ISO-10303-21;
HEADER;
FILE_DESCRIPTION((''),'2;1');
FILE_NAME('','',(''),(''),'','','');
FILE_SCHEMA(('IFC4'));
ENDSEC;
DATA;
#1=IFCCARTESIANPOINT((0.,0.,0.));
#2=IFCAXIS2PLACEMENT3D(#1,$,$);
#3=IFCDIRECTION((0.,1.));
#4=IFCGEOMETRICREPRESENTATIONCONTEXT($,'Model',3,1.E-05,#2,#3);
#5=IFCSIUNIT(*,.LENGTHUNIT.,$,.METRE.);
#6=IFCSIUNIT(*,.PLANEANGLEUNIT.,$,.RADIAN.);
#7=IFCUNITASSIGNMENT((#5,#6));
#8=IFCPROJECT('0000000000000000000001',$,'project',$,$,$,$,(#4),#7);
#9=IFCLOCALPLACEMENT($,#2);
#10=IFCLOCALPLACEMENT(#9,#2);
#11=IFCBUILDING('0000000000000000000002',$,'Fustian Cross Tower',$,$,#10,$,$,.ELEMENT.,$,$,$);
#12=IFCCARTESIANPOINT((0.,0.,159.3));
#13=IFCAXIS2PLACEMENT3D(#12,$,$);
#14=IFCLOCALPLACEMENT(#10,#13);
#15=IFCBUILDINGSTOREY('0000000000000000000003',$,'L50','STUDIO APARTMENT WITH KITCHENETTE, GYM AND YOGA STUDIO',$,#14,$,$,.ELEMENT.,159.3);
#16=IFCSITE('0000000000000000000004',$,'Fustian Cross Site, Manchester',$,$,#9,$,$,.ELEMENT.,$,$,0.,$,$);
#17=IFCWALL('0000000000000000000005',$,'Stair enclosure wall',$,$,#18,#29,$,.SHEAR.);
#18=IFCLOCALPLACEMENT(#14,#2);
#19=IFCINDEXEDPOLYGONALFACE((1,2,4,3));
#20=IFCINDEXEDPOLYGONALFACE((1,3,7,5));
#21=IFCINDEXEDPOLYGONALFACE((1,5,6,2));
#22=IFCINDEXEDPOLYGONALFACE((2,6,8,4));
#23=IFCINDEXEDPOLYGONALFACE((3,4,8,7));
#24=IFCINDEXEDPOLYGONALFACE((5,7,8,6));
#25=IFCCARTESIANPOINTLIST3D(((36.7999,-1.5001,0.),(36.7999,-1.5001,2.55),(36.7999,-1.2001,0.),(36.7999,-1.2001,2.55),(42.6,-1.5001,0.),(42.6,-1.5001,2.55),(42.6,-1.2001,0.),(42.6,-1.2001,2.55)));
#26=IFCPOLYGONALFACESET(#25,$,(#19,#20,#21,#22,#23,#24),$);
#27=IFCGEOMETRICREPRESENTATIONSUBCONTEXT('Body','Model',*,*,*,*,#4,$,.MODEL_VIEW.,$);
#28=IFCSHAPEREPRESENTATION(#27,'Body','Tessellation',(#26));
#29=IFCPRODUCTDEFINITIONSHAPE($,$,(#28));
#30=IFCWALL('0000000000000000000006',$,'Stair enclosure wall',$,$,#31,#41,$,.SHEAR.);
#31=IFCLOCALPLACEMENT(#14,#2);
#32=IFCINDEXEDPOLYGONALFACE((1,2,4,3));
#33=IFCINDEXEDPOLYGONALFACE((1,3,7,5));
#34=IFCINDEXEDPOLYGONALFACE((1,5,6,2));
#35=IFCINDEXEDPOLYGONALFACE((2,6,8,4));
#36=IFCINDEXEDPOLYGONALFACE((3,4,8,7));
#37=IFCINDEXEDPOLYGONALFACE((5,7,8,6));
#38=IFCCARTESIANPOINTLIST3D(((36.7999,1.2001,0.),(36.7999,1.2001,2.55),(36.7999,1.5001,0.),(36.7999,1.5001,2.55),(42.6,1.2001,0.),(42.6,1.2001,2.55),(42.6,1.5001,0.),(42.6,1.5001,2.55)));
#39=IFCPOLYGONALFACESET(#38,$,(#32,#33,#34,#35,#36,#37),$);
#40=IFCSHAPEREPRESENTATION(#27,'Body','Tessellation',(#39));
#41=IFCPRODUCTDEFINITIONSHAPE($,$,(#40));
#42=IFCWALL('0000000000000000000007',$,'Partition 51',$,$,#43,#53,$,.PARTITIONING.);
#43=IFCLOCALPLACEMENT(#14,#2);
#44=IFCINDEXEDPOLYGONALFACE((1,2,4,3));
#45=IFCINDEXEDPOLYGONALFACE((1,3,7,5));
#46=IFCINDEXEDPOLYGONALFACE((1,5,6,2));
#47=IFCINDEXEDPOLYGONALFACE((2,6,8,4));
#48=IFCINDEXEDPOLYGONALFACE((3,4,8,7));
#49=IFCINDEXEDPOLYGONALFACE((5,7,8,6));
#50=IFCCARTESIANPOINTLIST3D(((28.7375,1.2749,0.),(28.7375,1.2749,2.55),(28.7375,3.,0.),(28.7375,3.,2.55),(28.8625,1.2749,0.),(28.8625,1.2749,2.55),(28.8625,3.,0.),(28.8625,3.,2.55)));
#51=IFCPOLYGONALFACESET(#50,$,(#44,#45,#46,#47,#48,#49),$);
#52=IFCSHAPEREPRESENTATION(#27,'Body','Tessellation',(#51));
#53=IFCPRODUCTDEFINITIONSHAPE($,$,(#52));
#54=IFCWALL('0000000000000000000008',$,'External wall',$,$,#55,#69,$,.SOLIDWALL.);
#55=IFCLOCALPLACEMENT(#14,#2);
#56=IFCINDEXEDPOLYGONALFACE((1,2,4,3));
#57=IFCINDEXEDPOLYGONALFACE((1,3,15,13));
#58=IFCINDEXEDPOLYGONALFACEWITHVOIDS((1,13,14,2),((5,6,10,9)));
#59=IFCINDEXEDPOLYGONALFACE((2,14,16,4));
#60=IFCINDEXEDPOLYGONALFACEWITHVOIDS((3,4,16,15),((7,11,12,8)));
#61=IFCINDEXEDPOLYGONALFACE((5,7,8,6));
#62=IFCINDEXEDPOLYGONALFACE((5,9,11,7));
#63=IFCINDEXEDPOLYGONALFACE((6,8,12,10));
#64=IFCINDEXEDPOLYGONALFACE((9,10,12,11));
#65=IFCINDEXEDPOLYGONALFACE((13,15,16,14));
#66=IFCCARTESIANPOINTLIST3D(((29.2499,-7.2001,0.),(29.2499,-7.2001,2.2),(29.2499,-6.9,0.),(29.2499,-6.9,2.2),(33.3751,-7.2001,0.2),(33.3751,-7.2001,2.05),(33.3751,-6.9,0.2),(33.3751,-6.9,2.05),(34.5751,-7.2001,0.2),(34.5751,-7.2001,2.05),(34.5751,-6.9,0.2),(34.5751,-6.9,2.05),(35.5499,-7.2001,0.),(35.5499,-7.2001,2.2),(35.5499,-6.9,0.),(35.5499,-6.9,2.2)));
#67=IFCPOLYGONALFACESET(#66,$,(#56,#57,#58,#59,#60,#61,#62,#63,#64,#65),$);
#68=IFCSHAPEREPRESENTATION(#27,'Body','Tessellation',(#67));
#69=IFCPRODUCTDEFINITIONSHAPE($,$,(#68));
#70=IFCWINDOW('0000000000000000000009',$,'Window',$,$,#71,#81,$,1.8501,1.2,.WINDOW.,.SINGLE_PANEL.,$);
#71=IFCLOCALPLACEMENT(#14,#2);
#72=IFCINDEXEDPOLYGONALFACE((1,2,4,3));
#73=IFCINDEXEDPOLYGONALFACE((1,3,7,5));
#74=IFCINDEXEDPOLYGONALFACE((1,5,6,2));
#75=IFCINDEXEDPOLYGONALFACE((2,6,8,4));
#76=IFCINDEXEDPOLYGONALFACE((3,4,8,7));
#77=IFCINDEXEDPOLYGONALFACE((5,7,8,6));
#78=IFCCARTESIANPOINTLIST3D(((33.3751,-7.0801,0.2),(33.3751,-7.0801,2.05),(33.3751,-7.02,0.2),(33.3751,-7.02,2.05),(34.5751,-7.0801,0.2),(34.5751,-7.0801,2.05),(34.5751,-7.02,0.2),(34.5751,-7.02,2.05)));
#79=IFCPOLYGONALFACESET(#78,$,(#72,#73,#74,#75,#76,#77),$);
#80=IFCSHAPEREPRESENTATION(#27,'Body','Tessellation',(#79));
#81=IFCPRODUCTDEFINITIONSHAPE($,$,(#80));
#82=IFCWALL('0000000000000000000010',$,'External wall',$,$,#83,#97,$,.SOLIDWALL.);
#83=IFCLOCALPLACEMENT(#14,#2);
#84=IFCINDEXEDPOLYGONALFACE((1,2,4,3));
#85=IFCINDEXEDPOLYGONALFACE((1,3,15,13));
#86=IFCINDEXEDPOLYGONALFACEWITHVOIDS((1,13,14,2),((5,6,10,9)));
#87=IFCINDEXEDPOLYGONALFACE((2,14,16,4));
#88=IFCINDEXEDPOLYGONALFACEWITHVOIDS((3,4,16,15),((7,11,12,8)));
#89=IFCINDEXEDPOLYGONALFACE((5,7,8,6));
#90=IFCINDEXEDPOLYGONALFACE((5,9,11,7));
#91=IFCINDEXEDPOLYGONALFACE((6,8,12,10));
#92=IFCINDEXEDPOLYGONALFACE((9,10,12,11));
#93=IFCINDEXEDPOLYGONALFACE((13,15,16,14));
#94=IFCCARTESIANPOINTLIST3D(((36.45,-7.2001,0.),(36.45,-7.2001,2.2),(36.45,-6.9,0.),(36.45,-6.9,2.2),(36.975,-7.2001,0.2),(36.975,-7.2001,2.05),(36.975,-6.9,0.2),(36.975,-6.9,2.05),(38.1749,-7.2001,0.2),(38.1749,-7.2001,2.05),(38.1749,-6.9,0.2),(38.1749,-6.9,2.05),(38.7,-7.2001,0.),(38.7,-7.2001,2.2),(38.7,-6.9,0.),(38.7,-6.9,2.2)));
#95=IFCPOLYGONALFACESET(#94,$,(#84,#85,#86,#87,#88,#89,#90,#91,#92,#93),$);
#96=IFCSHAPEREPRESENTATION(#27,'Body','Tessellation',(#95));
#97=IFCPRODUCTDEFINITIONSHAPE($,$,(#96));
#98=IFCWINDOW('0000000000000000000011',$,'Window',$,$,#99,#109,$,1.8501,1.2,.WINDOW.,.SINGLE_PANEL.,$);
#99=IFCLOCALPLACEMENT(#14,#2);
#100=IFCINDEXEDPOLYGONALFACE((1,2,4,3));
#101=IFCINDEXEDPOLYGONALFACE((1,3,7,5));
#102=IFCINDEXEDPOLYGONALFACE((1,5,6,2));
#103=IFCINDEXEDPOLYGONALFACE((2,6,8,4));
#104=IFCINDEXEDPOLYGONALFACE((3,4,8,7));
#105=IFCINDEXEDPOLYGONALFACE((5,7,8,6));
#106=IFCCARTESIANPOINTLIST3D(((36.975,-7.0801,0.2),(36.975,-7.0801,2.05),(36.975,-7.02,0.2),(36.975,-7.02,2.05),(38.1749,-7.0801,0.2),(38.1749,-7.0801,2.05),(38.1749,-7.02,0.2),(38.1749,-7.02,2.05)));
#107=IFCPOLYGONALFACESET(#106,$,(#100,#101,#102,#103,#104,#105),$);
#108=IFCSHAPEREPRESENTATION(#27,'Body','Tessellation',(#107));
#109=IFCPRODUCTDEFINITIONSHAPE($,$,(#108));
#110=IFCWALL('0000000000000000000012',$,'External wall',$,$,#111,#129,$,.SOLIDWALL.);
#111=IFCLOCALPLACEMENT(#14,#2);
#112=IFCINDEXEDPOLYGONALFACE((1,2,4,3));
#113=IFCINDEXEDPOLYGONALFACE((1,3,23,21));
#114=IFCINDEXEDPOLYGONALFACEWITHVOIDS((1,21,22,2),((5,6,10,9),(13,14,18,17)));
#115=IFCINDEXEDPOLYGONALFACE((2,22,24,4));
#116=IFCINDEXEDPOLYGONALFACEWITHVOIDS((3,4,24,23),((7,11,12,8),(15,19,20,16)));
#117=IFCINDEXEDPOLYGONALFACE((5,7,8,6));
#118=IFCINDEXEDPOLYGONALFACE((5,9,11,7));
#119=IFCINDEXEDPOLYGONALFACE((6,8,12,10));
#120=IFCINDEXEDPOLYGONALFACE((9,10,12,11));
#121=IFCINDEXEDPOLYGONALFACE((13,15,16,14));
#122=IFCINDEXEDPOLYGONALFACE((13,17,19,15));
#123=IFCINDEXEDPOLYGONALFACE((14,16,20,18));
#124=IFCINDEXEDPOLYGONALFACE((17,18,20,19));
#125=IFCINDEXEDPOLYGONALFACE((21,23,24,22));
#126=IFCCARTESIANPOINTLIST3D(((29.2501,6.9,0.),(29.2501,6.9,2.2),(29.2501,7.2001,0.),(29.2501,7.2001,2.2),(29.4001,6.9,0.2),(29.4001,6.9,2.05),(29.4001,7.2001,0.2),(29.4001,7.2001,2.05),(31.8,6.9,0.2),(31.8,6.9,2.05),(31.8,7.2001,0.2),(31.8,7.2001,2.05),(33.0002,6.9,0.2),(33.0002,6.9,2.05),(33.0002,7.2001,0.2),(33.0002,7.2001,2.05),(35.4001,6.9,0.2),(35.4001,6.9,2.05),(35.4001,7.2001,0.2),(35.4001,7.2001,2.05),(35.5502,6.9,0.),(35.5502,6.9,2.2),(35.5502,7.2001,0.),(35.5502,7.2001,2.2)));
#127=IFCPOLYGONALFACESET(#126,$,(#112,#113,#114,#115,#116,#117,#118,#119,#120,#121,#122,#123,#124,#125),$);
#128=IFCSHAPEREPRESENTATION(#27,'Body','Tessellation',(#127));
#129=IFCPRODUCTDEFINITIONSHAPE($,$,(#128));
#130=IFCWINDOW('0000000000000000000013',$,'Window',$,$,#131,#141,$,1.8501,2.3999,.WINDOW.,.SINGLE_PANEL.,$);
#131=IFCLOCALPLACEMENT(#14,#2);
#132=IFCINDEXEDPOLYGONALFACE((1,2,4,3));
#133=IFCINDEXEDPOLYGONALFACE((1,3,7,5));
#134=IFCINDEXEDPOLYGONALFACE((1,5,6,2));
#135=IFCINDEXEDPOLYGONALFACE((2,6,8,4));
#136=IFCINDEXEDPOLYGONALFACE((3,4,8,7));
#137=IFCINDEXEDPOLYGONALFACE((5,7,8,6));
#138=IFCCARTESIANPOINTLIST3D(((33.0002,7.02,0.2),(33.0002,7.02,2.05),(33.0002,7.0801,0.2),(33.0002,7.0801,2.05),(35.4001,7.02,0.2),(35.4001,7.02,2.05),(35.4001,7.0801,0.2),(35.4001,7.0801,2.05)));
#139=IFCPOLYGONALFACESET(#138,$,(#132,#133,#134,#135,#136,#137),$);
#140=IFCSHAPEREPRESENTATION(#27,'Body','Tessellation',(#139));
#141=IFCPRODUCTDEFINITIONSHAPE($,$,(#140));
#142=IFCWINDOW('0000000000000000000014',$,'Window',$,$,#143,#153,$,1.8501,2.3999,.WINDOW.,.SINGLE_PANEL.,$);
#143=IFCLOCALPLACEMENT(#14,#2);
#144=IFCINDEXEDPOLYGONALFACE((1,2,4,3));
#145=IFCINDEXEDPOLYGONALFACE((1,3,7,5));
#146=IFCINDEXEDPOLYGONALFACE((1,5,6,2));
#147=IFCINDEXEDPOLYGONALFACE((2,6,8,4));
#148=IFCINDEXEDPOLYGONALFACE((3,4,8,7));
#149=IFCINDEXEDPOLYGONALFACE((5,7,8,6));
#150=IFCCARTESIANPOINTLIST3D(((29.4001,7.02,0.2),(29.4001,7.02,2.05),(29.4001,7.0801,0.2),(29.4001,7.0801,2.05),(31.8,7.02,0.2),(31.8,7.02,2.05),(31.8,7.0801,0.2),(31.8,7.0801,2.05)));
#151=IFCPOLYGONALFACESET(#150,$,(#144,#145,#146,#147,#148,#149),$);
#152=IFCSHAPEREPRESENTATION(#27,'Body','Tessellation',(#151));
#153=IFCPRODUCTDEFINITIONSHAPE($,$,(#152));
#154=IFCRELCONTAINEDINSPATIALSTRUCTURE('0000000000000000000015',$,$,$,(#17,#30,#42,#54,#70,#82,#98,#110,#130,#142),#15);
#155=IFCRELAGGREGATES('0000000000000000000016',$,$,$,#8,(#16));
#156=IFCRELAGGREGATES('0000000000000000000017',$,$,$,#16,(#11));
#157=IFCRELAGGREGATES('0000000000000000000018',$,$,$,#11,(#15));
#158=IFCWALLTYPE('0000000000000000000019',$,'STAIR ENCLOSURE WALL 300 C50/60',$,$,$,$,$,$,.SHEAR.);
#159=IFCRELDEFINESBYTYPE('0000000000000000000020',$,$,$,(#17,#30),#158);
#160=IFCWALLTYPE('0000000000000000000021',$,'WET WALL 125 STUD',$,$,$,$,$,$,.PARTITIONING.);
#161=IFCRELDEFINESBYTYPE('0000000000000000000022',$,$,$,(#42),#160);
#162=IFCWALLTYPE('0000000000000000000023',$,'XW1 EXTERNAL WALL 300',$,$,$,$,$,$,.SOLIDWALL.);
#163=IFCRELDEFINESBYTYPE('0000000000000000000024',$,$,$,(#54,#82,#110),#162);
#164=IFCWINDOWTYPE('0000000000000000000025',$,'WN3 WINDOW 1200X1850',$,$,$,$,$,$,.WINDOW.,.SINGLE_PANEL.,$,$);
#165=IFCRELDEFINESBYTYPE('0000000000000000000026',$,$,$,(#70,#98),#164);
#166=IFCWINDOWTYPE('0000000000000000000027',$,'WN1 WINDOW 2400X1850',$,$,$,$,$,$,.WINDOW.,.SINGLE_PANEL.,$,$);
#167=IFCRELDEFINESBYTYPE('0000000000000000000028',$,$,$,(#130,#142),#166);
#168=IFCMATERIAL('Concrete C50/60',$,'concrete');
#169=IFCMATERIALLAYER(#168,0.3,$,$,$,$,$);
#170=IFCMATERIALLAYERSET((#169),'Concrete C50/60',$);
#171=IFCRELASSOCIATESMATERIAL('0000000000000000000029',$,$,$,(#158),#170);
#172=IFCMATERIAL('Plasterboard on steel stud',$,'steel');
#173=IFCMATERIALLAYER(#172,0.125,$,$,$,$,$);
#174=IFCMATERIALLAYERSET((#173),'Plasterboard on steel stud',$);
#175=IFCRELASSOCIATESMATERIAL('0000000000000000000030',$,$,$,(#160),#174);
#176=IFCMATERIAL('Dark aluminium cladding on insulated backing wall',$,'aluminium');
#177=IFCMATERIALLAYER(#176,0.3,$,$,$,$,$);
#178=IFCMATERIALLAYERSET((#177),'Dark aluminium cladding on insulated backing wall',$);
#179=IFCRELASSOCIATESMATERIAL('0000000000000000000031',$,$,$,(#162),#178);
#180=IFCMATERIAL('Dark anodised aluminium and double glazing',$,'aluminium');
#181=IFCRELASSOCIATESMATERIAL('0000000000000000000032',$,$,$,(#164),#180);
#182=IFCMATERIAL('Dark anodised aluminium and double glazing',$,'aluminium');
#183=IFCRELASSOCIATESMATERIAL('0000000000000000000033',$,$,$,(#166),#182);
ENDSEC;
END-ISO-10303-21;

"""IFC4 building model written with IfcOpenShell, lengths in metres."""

from ifc_helpers import new_model, si_unit, direction, frame, frame_2d, origin, place, context, subcontext, project, spatial, rectangle, extrude, material, layer, layer_set, type_object, element, fill, save


model = new_model("IFC4")

# Units and contexts
model_context = context("Model", 3, precision=1e-05, world=origin(), true_north=direction((0.0, 1.0)))
body_context = subcontext(model_context, "Body", "Model", "MODEL_VIEW")
ifc_project = project(units=[si_unit("LENGTHUNIT", "METRE"), si_unit("PLANEANGLEUNIT", "RADIAN")], contexts=[model_context])

# Site, building, storey
site_placement = place(None, origin())
site = spatial("IfcSite", under=ifc_project, at=site_placement, Name="Fustian Cross Site, Manchester", CompositionType="ELEMENT", RefElevation=0.0)
building_placement = place(site_placement, origin())
building = spatial("IfcBuilding", under=site, at=building_placement, Name="Fustian Cross Tower", CompositionType="ELEMENT")
storey_placement = place(building_placement, frame((0.0, 0.0, 159.3)))
storey = spatial("IfcBuildingStorey", under=building, at=storey_placement, Name="L50", Description="STUDIO APARTMENT WITH KITCHENETTE, GYM AND YOGA STUDIO", CompositionType="ELEMENT", Elevation=159.3)

# Shared definitions
ifc_material_1 = material(Name="Concrete C50/60", Category="concrete")
ifc_layer_1 = layer(ifc_material_1, 0.3)
ifc_layer_set_1 = layer_set([ifc_layer_1], Name="Concrete C50/60")
wall_type_1 = type_object("IfcWallType", Name="STAIR ENCLOSURE WALL 300 C50/60", PredefinedType="SHEAR", material=ifc_layer_set_1)

# Walls
for number, where, z_axis, x_axis, name in (
    (1, (36.8, -1.3501, 0.0), (0.0, 0.0, 1.0), (1.0, 0.0, 0.0), "Stair enclosure wall"),
    (2, (36.8, 1.3501, 0.0), (0.0, 0.0, 1.0), (1.0, 0.0, 0.0), "Stair enclosure wall"),
):
    element("IfcWall", number, at=place(storey_placement, frame(where, z_axis=z_axis, x_axis=x_axis)), inside=storey, type_object=wall_type_1, Name=name, PredefinedType="SHEAR", context=body_context, shape_type="SweptSolid", body=[
        extrude(rectangle(XDim=5.8, YDim=0.3, at=frame_2d((2.8999, 0.0))), origin(), (0.0, 0.0, 1.0), 2.55),
    ])
ifc_material_2 = material(Name="Plasterboard on steel stud", Category="steel")
ifc_layer_2 = layer(ifc_material_2, 0.125)
ifc_layer_set_2 = layer_set([ifc_layer_2], Name="Plasterboard on steel stud")
wall_type_2 = type_object("IfcWallType", Name="WET WALL 125 STUD", PredefinedType="PARTITIONING", material=ifc_layer_set_2)
wall_1_placement = place(storey_placement, frame((28.8, 1.2749, 0.0), z_axis=(0.0, 0.0, 1.0), x_axis=(0.0, 1.0, 0.0)))
element("IfcWall", 3, at=wall_1_placement, inside=storey, type_object=wall_type_2, Name="Partition 51", PredefinedType="PARTITIONING", context=body_context, shape_type="SweptSolid", body=[
    extrude(rectangle(XDim=1.7251, YDim=0.125, at=frame_2d((0.8625, 0.0))), origin(), (0.0, 0.0, 1.0), 2.55),
])

# Walls, openings, windows
ifc_material_3 = material(Name="Dark aluminium cladding on insulated backing wall", Category="aluminium")
ifc_layer_3 = layer(ifc_material_3, 0.3)
ifc_layer_set_3 = layer_set([ifc_layer_3], Name="Dark aluminium cladding on insulated backing wall")
wall_type_3 = type_object("IfcWallType", Name="XW1 EXTERNAL WALL 300", PredefinedType="SOLIDWALL", material=ifc_layer_set_3)
wall_2_placement = place(storey_placement, frame((29.25, -7.05, 0.0), z_axis=(0.0, 0.0, 1.0), x_axis=(1.0, 0.0, 0.0)))
wall_2 = element("IfcWall", 4, at=wall_2_placement, inside=storey, type_object=wall_type_3, Name="External wall", PredefinedType="SOLIDWALL", context=body_context, shape_type="SweptSolid", body=[
    extrude(rectangle(XDim=6.3, YDim=0.3, at=frame_2d((3.1499, 0.0))), origin(), (0.0, 0.0, 1.0), 2.2),
])
opening_1_placement = place(wall_2_placement, frame((4.125, 0.0, 0.2)))
opening_1 = element("IfcOpeningElement", 5, at=opening_1_placement, cuts=wall_2, PredefinedType="OPENING", context=body_context, shape_type="SweptSolid", body=[
    extrude(rectangle(XDim=1.2, YDim=1.8501, at=frame_2d((0.6001, 0.925))), frame((0.0, 0.1599, 0.0), z_axis=(0.0, -1.0, 0.0), x_axis=(1.0, 0.0, 0.0)), (0.0, 0.0, 1.0), 0.3201),
])
ifc_material_4 = material(Name="Dark anodised aluminium and double glazing", Category="aluminium")
window_type_1 = type_object("IfcWindowType", Name="WN3 WINDOW 1200X1850", PartitioningType="SINGLE_PANEL", PredefinedType="WINDOW", material=ifc_material_4)
window_1_placement = place(opening_1_placement, origin())
window_1 = element("IfcWindow", 6, at=window_1_placement, inside=storey, type_object=window_type_1, Name="Window", OverallHeight=1.8501, OverallWidth=1.2, PartitioningType="SINGLE_PANEL", PredefinedType="WINDOW", context=body_context, shape_type="SweptSolid", body=[
    extrude(rectangle(XDim=1.2, YDim=1.8501, at=frame_2d((0.6001, 0.925))), frame((0.0, 0.03, 0.0), z_axis=(0.0, -1.0, 0.0), x_axis=(1.0, 0.0, 0.0)), (0.0, 0.0, 1.0), 0.0601),
])
fill(opening_1, window_1)
wall_3_placement = place(storey_placement, frame((36.45, -7.05, 0.0), z_axis=(0.0, 0.0, 1.0), x_axis=(1.0, 0.0, 0.0)))
wall_3 = element("IfcWall", 7, at=wall_3_placement, inside=storey, type_object=wall_type_3, Name="External wall", PredefinedType="SOLIDWALL", context=body_context, shape_type="SweptSolid", body=[
    extrude(rectangle(XDim=2.25, YDim=0.3, at=frame_2d((1.125, 0.0))), origin(), (0.0, 0.0, 1.0), 2.2),
])
opening_2_placement = place(wall_3_placement, frame((0.5249, 0.0, 0.2)))
opening_2 = element("IfcOpeningElement", 8, at=opening_2_placement, cuts=wall_3, PredefinedType="OPENING", context=body_context, shape_type="SweptSolid", body=[
    extrude(rectangle(XDim=1.2, YDim=1.8501, at=frame_2d((0.6001, 0.925))), frame((0.0, 0.1599, 0.0), z_axis=(0.0, -1.0, 0.0), x_axis=(1.0, 0.0, 0.0)), (0.0, 0.0, 1.0), 0.3201),
])
window_2_placement = place(opening_2_placement, origin())
window_2 = element("IfcWindow", 9, at=window_2_placement, inside=storey, type_object=window_type_1, Name="Window", OverallHeight=1.8501, OverallWidth=1.2, PartitioningType="SINGLE_PANEL", PredefinedType="WINDOW", context=body_context, shape_type="SweptSolid", body=[
    extrude(rectangle(XDim=1.2, YDim=1.8501, at=frame_2d((0.6001, 0.925))), frame((0.0, 0.03, 0.0), z_axis=(0.0, -1.0, 0.0), x_axis=(1.0, 0.0, 0.0)), (0.0, 0.0, 1.0), 0.0601),
])
fill(opening_2, window_2)

# Wall, openings, windows
wall_4_placement = place(storey_placement, frame((35.55, 7.05, 0.0), z_axis=(0.0, 0.0, 1.0), x_axis=(-1.0, 0.0, 0.0)))
wall_4 = element("IfcWall", 10, at=wall_4_placement, inside=storey, type_object=wall_type_3, Name="External wall", PredefinedType="SOLIDWALL", context=body_context, shape_type="SweptSolid", body=[
    extrude(rectangle(XDim=6.3, YDim=0.3, at=frame_2d((3.1499, 0.0))), origin(), (0.0, 0.0, 1.0), 2.2),
])
opening_3_placement = place(wall_4_placement, frame((0.1499, 0.0, 0.2)))
opening_3 = element("IfcOpeningElement", 11, at=opening_3_placement, cuts=wall_4, PredefinedType="OPENING", context=body_context, shape_type="SweptSolid", body=[
    extrude(rectangle(XDim=2.3999, YDim=1.8501, at=frame_2d((1.2, 0.925))), frame((0.0, 0.1599, 0.0), z_axis=(0.0, -1.0, 0.0), x_axis=(1.0, 0.0, 0.0)), (0.0, 0.0, 1.0), 0.3201),
])
opening_4_placement = place(wall_4_placement, frame((3.75, 0.0, 0.2)))
opening_4 = element("IfcOpeningElement", 12, at=opening_4_placement, cuts=wall_4, PredefinedType="OPENING", context=body_context, shape_type="SweptSolid", body=[
    extrude(rectangle(XDim=2.3999, YDim=1.8501, at=frame_2d((1.2, 0.925))), frame((0.0, 0.1599, 0.0), z_axis=(0.0, -1.0, 0.0), x_axis=(1.0, 0.0, 0.0)), (0.0, 0.0, 1.0), 0.3201),
])
ifc_material_5 = material(Name="Dark anodised aluminium and double glazing", Category="aluminium")
window_type_2 = type_object("IfcWindowType", Name="WN1 WINDOW 2400X1850", PartitioningType="SINGLE_PANEL", PredefinedType="WINDOW", material=ifc_material_5)
window_3_placement = place(opening_3_placement, origin())
window_3 = element("IfcWindow", 13, at=window_3_placement, inside=storey, type_object=window_type_2, Name="Window", OverallHeight=1.8501, OverallWidth=2.3999, PartitioningType="SINGLE_PANEL", PredefinedType="WINDOW", context=body_context, shape_type="SweptSolid", body=[
    extrude(rectangle(XDim=2.3999, YDim=1.8501, at=frame_2d((1.2, 0.925))), frame((0.0, 0.03, 0.0), z_axis=(0.0, -1.0, 0.0), x_axis=(1.0, 0.0, 0.0)), (0.0, 0.0, 1.0), 0.0601),
])
fill(opening_3, window_3)
window_4_placement = place(opening_4_placement, origin())
window_4 = element("IfcWindow", 14, at=window_4_placement, inside=storey, type_object=window_type_2, Name="Window", OverallHeight=1.8501, OverallWidth=2.3999, PartitioningType="SINGLE_PANEL", PredefinedType="WINDOW", context=body_context, shape_type="SweptSolid", body=[
    extrude(rectangle(XDim=2.3999, YDim=1.8501, at=frame_2d((1.2, 0.925))), frame((0.0, 0.03, 0.0), z_axis=(0.0, -1.0, 0.0), x_axis=(1.0, 0.0, 0.0)), (0.0, 0.0, 1.0), 0.0601),
])
fill(opening_4, window_4)

save(model, "model.ifc")
